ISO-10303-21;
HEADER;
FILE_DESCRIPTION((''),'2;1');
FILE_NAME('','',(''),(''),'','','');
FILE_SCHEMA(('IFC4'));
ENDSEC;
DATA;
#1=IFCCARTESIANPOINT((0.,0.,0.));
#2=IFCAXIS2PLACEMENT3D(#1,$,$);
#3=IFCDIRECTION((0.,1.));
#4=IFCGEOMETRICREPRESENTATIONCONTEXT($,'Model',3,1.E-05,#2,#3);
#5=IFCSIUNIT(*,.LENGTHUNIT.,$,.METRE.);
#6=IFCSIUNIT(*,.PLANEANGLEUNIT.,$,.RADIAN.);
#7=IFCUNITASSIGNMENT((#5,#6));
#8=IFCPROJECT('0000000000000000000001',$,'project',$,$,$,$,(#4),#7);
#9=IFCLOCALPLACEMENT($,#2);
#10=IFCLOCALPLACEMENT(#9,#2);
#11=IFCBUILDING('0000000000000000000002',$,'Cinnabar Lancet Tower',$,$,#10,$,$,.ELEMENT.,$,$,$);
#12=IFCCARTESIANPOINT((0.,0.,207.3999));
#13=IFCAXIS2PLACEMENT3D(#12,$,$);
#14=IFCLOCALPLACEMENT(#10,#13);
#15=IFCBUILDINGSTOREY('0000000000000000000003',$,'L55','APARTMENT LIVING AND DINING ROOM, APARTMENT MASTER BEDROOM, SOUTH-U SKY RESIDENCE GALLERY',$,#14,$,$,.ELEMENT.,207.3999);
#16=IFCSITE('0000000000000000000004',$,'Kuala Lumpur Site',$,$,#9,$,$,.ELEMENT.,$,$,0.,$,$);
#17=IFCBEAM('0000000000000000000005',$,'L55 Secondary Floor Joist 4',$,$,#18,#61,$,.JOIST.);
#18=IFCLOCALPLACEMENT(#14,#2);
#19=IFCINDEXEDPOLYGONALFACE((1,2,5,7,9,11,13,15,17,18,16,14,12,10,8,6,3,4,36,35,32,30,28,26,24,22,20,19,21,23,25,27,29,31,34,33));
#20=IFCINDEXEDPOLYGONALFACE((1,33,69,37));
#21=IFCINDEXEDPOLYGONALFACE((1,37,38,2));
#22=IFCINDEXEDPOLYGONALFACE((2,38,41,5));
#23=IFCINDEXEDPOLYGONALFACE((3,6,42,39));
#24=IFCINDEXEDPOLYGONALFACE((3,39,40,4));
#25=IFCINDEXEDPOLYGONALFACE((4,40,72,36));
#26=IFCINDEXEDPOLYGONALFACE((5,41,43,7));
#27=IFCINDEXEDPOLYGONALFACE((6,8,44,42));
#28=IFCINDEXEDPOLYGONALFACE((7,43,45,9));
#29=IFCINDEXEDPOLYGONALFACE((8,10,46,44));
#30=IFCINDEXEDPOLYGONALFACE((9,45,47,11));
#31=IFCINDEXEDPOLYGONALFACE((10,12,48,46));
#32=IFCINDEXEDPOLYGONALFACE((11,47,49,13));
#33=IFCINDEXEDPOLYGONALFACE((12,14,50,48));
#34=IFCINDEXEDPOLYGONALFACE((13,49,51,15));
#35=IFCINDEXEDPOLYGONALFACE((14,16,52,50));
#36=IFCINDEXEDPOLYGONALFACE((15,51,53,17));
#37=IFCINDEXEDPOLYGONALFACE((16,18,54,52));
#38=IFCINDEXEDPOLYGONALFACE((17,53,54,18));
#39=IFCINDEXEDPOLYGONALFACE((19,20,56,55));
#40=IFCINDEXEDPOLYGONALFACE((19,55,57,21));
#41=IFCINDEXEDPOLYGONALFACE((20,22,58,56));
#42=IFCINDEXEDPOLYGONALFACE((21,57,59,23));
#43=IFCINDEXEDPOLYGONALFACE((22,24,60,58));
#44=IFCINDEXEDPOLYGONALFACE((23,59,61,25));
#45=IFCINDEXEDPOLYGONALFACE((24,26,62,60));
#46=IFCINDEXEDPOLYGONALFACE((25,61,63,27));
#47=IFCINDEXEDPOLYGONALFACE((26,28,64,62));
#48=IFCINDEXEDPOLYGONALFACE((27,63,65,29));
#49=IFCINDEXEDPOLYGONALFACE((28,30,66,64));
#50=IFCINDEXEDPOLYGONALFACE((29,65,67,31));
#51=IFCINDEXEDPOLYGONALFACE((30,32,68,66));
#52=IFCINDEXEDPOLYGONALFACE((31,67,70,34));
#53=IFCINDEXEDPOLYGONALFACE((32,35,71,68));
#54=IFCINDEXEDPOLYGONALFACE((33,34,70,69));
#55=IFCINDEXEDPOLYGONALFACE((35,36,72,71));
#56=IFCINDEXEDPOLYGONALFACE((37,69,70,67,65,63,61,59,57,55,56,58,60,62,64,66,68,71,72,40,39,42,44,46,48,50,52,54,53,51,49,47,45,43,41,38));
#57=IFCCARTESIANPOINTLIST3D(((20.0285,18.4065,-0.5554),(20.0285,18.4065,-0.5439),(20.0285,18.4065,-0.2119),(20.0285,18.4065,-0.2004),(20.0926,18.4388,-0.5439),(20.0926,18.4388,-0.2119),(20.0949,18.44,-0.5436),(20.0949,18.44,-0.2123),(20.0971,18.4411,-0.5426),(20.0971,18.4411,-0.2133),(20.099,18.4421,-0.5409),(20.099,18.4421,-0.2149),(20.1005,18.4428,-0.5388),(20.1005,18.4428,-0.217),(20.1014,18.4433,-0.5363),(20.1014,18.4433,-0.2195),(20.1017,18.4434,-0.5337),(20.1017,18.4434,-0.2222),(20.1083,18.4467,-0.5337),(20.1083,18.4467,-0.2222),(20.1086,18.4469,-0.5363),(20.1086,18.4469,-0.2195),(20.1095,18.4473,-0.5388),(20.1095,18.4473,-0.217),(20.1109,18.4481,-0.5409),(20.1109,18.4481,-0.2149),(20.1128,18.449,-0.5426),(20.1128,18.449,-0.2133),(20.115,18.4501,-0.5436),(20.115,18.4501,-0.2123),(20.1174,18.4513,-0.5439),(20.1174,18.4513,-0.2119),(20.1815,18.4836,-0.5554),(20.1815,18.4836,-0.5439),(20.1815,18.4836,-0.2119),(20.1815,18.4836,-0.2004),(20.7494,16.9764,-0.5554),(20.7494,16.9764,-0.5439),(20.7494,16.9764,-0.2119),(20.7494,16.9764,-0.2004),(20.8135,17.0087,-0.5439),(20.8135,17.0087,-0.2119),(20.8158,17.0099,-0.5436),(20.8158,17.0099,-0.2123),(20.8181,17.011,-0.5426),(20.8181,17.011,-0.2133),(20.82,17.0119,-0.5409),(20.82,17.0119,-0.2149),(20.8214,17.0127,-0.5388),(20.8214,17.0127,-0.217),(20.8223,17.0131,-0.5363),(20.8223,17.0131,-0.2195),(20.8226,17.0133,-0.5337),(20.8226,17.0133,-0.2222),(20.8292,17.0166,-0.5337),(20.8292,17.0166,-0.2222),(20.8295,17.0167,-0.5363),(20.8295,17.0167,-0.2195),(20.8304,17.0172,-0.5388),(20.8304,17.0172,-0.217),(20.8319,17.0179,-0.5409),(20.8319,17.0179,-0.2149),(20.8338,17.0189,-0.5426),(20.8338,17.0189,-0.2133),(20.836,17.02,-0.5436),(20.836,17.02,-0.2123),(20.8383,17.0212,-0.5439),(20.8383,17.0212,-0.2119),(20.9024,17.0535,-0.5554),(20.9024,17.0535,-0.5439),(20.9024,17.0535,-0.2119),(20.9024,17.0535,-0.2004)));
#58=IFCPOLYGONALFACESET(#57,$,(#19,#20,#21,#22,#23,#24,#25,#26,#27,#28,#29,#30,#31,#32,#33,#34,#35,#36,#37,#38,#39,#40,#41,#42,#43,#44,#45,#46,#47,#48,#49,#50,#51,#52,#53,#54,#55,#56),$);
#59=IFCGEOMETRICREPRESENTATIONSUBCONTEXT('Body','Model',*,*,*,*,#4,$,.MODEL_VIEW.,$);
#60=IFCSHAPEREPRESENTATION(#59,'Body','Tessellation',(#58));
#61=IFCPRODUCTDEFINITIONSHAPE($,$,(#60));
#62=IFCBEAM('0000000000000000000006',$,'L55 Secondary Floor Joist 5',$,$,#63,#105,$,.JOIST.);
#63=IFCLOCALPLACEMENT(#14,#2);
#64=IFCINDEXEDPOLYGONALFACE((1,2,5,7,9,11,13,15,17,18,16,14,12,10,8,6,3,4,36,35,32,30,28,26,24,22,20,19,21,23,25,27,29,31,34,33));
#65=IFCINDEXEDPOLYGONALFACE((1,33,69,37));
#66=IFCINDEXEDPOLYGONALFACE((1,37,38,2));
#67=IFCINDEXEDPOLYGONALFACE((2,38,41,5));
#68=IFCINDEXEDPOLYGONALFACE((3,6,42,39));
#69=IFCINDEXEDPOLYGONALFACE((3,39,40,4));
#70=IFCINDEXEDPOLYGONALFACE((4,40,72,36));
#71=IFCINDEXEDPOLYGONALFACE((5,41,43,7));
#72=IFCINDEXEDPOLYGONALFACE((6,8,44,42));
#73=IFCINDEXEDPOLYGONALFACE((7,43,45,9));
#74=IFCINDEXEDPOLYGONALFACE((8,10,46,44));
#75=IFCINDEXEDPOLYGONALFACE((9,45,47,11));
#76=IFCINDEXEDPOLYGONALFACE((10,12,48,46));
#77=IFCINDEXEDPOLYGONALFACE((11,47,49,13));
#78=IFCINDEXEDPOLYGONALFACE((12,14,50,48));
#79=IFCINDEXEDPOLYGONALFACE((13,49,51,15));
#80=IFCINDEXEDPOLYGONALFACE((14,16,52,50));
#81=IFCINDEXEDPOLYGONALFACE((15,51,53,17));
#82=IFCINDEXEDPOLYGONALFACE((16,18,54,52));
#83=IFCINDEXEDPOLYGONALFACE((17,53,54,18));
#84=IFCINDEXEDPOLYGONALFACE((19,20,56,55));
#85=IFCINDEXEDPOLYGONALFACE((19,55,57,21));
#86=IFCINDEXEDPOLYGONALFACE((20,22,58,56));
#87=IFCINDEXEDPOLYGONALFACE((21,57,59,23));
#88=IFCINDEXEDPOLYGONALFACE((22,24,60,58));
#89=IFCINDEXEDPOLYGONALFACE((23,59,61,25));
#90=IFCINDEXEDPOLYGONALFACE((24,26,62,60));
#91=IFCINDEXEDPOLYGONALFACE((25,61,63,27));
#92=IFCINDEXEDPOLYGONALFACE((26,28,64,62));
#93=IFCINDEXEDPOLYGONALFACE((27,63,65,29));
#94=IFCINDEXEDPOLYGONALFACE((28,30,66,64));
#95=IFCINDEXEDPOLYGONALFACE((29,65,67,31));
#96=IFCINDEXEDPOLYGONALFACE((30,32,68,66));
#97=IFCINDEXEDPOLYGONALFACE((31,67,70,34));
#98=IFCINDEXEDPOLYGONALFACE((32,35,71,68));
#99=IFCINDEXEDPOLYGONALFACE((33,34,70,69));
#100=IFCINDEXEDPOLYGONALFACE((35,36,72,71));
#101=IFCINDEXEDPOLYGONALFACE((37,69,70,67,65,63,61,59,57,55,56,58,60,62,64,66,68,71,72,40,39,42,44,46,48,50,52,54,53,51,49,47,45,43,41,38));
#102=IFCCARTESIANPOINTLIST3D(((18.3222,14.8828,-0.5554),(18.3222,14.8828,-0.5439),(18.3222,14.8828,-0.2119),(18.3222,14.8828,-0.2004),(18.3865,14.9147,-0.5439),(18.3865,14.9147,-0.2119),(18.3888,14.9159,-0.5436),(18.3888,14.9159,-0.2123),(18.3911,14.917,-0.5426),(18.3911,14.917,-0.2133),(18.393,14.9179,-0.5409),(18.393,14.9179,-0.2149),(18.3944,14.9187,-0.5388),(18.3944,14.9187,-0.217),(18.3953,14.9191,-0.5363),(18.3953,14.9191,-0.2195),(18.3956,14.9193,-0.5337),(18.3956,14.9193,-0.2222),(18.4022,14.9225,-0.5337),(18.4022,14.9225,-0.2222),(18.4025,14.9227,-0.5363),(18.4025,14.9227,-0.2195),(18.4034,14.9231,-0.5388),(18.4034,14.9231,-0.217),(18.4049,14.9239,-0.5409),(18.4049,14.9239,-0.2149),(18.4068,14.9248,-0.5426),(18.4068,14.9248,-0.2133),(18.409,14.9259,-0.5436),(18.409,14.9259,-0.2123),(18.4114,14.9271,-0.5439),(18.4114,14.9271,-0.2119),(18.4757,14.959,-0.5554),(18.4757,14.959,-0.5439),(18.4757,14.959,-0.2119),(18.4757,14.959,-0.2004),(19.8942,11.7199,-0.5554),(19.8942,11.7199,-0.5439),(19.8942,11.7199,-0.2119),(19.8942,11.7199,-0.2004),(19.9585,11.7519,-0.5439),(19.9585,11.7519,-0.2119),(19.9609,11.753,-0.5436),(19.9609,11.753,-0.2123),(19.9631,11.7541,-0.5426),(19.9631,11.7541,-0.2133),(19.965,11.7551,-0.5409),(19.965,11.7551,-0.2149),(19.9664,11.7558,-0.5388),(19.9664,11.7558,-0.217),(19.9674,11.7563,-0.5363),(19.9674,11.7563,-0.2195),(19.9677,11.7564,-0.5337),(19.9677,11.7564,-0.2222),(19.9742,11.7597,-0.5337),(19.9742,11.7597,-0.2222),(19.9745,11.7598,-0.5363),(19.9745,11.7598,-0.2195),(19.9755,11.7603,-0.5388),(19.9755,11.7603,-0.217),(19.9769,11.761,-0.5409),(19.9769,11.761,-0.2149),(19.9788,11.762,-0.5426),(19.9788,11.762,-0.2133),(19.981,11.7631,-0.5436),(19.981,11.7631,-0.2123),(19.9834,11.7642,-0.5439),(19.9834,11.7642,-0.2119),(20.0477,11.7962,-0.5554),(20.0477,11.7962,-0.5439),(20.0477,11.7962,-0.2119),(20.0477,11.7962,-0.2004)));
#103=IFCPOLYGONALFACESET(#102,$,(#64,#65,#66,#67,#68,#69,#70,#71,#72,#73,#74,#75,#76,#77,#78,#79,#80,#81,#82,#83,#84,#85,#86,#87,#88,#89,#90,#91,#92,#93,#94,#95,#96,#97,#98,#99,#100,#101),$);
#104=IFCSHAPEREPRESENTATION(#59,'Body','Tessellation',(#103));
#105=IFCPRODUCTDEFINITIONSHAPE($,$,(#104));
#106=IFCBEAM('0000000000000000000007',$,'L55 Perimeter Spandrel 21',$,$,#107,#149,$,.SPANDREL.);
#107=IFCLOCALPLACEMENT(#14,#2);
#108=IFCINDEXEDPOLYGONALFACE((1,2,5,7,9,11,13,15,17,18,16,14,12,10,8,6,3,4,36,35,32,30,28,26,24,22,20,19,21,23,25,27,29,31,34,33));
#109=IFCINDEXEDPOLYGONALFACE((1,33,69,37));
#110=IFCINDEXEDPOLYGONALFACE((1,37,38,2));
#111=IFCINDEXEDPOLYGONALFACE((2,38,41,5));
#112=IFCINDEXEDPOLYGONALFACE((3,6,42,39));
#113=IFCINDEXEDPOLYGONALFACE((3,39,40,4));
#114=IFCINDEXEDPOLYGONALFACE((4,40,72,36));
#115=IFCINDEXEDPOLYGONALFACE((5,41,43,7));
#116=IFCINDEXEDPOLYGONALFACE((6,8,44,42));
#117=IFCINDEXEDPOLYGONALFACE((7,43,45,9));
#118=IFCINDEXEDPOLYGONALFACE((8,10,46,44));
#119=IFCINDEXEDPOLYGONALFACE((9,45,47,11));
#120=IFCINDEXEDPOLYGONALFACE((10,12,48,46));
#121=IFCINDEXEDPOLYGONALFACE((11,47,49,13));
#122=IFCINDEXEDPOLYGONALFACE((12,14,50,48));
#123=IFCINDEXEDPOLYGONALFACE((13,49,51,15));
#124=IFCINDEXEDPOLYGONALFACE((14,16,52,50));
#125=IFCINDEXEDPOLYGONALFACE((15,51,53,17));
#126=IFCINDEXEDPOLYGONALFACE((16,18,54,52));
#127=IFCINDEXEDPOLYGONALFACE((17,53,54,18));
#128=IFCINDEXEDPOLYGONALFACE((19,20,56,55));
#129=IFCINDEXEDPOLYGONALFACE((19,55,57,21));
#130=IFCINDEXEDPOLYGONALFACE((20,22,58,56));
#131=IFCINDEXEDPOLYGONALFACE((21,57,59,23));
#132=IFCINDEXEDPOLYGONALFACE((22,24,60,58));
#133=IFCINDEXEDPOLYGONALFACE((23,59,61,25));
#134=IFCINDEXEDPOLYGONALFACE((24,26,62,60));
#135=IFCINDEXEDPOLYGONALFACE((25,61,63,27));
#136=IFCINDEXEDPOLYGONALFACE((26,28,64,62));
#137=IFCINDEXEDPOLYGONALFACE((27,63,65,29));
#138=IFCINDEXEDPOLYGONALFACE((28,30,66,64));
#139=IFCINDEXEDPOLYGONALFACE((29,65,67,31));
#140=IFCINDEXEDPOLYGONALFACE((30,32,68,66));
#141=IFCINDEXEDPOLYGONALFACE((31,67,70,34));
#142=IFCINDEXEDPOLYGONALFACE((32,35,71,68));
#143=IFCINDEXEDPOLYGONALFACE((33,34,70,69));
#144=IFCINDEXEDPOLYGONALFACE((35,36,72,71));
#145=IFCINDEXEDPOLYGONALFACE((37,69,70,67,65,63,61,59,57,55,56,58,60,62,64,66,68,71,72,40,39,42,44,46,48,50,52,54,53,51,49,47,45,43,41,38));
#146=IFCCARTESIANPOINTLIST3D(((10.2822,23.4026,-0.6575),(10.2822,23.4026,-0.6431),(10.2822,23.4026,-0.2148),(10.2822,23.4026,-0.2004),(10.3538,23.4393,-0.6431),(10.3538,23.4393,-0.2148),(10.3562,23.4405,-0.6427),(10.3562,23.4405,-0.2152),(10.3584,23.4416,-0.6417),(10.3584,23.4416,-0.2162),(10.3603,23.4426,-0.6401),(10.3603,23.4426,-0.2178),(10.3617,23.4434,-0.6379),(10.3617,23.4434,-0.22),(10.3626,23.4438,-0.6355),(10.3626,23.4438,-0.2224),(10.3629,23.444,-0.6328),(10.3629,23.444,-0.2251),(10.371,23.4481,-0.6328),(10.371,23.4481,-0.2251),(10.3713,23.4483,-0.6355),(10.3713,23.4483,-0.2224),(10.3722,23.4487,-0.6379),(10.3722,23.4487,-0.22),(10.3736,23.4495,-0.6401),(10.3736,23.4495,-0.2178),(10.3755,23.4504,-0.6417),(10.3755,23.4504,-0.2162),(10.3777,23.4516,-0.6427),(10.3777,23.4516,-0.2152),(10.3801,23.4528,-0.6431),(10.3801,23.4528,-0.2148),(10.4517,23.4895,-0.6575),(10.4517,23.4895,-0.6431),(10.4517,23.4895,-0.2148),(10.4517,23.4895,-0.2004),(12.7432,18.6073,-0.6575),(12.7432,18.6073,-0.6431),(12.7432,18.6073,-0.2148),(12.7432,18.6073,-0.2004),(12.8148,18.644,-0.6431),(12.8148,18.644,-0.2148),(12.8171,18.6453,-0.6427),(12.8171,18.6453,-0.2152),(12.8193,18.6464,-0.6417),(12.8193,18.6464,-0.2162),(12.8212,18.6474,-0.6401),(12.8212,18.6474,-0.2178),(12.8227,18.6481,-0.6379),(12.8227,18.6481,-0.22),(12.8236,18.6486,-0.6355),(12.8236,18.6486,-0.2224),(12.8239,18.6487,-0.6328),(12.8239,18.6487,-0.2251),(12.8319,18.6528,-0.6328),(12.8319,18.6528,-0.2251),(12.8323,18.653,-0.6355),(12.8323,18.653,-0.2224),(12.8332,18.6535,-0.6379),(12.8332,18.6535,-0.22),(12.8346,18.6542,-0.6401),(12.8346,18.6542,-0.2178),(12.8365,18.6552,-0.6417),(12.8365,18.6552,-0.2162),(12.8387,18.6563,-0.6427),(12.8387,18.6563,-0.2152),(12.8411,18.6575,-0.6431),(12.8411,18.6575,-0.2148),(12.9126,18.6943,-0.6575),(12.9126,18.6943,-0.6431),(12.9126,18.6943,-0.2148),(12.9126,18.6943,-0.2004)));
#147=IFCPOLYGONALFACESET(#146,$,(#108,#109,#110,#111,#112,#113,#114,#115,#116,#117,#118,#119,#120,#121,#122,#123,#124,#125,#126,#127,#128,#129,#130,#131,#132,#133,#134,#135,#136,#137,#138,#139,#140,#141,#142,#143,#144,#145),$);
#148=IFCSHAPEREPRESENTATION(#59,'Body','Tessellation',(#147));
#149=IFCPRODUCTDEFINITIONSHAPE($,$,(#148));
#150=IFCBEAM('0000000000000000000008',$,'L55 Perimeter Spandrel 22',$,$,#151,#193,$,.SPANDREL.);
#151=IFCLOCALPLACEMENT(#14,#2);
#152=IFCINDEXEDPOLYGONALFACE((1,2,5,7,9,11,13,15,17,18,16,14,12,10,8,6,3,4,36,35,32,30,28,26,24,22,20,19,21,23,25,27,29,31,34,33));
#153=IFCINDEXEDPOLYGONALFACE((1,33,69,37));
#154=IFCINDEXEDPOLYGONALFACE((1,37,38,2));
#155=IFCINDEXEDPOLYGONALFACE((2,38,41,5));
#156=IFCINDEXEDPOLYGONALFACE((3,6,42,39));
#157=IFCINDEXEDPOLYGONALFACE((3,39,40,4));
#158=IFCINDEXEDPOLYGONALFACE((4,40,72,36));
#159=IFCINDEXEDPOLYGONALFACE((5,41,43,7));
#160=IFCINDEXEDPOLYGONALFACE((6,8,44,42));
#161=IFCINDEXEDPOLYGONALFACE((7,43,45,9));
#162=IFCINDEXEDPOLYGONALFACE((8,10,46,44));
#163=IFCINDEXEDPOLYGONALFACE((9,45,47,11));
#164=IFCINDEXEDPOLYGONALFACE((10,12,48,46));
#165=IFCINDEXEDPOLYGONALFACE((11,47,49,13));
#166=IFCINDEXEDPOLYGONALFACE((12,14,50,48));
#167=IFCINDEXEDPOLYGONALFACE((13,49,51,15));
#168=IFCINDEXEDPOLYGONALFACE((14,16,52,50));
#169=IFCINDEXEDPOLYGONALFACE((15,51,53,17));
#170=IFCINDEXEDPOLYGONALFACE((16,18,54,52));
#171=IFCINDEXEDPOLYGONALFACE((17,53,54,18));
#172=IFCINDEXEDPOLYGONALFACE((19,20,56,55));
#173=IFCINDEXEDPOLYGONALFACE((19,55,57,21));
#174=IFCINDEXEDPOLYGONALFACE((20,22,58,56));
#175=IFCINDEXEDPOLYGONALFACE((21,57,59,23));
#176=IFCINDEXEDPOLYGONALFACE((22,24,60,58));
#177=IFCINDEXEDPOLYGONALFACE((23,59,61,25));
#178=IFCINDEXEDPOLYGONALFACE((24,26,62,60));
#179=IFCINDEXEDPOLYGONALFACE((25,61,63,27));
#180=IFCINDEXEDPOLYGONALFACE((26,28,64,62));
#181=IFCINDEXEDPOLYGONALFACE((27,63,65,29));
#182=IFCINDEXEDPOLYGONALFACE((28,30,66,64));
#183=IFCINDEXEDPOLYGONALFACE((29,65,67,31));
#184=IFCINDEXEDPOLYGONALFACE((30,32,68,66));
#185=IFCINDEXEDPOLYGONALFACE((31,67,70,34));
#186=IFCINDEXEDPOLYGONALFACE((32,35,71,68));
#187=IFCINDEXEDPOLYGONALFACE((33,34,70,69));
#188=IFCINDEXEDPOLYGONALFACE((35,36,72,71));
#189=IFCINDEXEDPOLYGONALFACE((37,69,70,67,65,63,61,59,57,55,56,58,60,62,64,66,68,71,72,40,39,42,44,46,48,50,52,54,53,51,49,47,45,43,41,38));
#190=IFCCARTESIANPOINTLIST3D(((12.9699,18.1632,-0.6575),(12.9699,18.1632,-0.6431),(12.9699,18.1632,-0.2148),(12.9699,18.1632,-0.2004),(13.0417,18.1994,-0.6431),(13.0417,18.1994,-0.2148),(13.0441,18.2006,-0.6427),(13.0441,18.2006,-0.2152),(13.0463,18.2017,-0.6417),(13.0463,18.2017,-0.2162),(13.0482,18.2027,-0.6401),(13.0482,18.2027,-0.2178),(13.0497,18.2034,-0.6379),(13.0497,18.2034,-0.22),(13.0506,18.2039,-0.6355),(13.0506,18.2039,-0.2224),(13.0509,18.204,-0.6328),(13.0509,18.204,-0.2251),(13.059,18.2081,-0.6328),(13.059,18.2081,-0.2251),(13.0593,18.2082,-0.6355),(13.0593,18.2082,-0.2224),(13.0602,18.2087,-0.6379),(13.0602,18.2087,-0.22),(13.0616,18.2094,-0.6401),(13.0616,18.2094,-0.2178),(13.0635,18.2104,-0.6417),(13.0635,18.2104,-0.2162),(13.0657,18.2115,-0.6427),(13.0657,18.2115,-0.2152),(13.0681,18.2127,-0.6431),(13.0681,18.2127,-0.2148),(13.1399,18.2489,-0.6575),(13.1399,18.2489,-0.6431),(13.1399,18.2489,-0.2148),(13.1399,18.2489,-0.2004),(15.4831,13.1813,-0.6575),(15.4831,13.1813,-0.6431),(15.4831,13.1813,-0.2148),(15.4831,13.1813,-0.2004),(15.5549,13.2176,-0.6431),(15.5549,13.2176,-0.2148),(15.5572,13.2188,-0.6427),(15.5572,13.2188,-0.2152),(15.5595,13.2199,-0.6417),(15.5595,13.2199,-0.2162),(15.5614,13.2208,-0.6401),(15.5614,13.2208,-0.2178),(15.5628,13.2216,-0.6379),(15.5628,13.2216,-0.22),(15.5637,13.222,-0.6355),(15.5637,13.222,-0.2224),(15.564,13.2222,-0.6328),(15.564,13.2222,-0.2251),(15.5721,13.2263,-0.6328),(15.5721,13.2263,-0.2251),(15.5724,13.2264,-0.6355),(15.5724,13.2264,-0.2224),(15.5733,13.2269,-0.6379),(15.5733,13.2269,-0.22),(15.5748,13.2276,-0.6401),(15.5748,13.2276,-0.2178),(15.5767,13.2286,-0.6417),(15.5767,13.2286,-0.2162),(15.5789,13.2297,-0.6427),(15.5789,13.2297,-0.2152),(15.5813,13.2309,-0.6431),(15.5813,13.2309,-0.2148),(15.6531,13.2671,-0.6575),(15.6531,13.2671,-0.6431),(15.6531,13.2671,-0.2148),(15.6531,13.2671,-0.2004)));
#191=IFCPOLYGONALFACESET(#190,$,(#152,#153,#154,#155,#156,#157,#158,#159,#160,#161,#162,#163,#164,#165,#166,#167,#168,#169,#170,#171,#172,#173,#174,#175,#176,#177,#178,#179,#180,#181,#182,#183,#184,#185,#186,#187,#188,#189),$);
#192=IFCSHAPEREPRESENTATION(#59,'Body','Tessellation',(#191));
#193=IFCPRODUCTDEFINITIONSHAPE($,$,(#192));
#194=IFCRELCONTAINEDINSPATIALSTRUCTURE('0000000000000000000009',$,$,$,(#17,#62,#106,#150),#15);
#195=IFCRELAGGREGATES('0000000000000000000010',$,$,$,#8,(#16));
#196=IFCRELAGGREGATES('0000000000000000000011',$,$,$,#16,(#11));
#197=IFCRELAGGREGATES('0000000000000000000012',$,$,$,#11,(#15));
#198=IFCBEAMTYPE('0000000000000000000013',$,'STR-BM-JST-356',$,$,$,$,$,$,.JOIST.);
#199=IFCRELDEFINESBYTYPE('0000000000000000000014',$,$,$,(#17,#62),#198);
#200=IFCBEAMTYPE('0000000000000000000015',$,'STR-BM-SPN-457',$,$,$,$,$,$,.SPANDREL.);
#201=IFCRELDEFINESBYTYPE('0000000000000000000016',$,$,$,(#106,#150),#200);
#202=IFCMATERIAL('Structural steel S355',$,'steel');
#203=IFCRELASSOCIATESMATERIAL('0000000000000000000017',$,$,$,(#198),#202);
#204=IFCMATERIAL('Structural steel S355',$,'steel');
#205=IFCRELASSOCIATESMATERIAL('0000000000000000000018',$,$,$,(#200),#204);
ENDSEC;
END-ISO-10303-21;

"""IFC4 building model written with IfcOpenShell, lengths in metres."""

from ifc_helpers import new_model, si_unit, direction, frame, origin, origin_2d, place, context, subcontext, project, spatial, i_section, extrude, material, material_profile, profile_set, type_object, element, save


model = new_model("IFC4")

# Units and contexts
model_context = context("Model", 3, precision=1e-05, world=origin(), true_north=direction((0.0, 1.0)))
body_context = subcontext(model_context, "Body", "Model", "MODEL_VIEW")
ifc_project = project(units=[si_unit("LENGTHUNIT", "METRE"), si_unit("PLANEANGLEUNIT", "RADIAN")], contexts=[model_context])

# Site, building, storey
site_placement = place(None, origin())
site = spatial("IfcSite", under=ifc_project, at=site_placement, Name="Kuala Lumpur Site", CompositionType="ELEMENT", RefElevation=0.0)
building_placement = place(site_placement, origin())
building = spatial("IfcBuilding", under=site, at=building_placement, Name="Cinnabar Lancet Tower", CompositionType="ELEMENT")
storey_placement = place(building_placement, frame((0.0, 0.0, 207.3999)))
storey = spatial("IfcBuildingStorey", under=building, at=storey_placement, Name="L55", Description="APARTMENT LIVING AND DINING ROOM, APARTMENT MASTER BEDROOM, SOUTH-U SKY RESIDENCE GALLERY", CompositionType="ELEMENT", Elevation=207.3999)

# Beams
ifc_material_1 = material(Name="Structural steel S355", Category="steel")
ifc_material_profile_1 = material_profile(ifc_material_1, i_section(OverallWidth=0.1714, OverallDepth=0.355, WebThickness=0.0073, FlangeThickness=0.0115, FilletRadius=0.0103, at=origin_2d()), Name="UKB 356x171x51")
ifc_profile_set_1 = profile_set([ifc_material_profile_1], Name="Structural steel S355")
beam_type_1 = type_object("IfcBeamType", Name="STR-BM-JST-356", PredefinedType="JOIST", material=ifc_profile_set_1)
beam_1_placement = place(storey_placement, frame((20.105, 18.4451, -0.3779), z_axis=(0.450138, -0.892959, 0.0), x_axis=(0.892959, 0.450138, 0.0)))
element("IfcBeam", 1, at=beam_1_placement, inside=storey, type_object=beam_type_1, Name="L55 Secondary Floor Joist 4", PredefinedType="JOIST", context=body_context, shape_type="SweptSolid", body=[
    extrude(i_section(OverallWidth=0.1714, OverallDepth=0.355, WebThickness=0.0073, FlangeThickness=0.0115, FilletRadius=0.0103, at=origin_2d()), origin(), (0.0, 0.0, 1.0), 1.6016),
])
beam_2_placement = place(storey_placement, frame((18.3989, 14.9209, -0.3779), z_axis=(0.445083, -0.895489, 0.0), x_axis=(0.895489, 0.445083, 0.0)))
element("IfcBeam", 2, at=beam_2_placement, inside=storey, type_object=beam_type_1, Name="L55 Secondary Floor Joist 5", PredefinedType="JOIST", context=body_context, shape_type="SweptSolid", body=[
    extrude(i_section(OverallWidth=0.1714, OverallDepth=0.355, WebThickness=0.0073, FlangeThickness=0.0115, FilletRadius=0.0103, at=origin_2d()), origin(), (0.0, 0.0, 1.0), 3.532),
])
ifc_material_2 = material(Name="Structural steel S355", Category="steel")
ifc_material_profile_2 = material_profile(ifc_material_2, i_section(OverallWidth=0.1904, OverallDepth=0.457, WebThickness=0.009, FlangeThickness=0.0144, FilletRadius=0.0103, at=origin_2d()), Name="UKB 457x191x74")
ifc_profile_set_2 = profile_set([ifc_material_profile_2], Name="Structural steel S355")
beam_type_2 = type_object("IfcBeamType", Name="STR-BM-SPN-457", PredefinedType="SPANDREL", material=ifc_profile_set_2)
beam_3_placement = place(storey_placement, frame((10.3669, 23.446, -0.429), z_axis=(0.456593, -0.889676, 0.0), x_axis=(0.889676, 0.456593, 0.0)))
element("IfcBeam", 3, at=beam_3_placement, inside=storey, type_object=beam_type_2, Name="L55 Perimeter Spandrel 21", PredefinedType="SPANDREL", context=body_context, shape_type="SweptSolid", body=[
    extrude(i_section(OverallWidth=0.1904, OverallDepth=0.457, WebThickness=0.009, FlangeThickness=0.0144, FilletRadius=0.0103, at=origin_2d()), origin(), (0.0, 0.0, 1.0), 5.3899),
])
beam_4_placement = place(storey_placement, frame((13.0549, 18.2061, -0.429), z_axis=(0.450396, -0.892829, 0.0), x_axis=(0.892829, 0.450396, 0.0)))
element("IfcBeam", 4, at=beam_4_placement, inside=storey, type_object=beam_type_2, Name="L55 Perimeter Spandrel 22", PredefinedType="SPANDREL", context=body_context, shape_type="SweptSolid", body=[
    extrude(i_section(OverallWidth=0.1904, OverallDepth=0.457, WebThickness=0.009, FlangeThickness=0.0144, FilletRadius=0.0103, at=origin_2d()), origin(), (0.0, 0.0, 1.0), 5.5798),
])

save(model, "model.ifc")
